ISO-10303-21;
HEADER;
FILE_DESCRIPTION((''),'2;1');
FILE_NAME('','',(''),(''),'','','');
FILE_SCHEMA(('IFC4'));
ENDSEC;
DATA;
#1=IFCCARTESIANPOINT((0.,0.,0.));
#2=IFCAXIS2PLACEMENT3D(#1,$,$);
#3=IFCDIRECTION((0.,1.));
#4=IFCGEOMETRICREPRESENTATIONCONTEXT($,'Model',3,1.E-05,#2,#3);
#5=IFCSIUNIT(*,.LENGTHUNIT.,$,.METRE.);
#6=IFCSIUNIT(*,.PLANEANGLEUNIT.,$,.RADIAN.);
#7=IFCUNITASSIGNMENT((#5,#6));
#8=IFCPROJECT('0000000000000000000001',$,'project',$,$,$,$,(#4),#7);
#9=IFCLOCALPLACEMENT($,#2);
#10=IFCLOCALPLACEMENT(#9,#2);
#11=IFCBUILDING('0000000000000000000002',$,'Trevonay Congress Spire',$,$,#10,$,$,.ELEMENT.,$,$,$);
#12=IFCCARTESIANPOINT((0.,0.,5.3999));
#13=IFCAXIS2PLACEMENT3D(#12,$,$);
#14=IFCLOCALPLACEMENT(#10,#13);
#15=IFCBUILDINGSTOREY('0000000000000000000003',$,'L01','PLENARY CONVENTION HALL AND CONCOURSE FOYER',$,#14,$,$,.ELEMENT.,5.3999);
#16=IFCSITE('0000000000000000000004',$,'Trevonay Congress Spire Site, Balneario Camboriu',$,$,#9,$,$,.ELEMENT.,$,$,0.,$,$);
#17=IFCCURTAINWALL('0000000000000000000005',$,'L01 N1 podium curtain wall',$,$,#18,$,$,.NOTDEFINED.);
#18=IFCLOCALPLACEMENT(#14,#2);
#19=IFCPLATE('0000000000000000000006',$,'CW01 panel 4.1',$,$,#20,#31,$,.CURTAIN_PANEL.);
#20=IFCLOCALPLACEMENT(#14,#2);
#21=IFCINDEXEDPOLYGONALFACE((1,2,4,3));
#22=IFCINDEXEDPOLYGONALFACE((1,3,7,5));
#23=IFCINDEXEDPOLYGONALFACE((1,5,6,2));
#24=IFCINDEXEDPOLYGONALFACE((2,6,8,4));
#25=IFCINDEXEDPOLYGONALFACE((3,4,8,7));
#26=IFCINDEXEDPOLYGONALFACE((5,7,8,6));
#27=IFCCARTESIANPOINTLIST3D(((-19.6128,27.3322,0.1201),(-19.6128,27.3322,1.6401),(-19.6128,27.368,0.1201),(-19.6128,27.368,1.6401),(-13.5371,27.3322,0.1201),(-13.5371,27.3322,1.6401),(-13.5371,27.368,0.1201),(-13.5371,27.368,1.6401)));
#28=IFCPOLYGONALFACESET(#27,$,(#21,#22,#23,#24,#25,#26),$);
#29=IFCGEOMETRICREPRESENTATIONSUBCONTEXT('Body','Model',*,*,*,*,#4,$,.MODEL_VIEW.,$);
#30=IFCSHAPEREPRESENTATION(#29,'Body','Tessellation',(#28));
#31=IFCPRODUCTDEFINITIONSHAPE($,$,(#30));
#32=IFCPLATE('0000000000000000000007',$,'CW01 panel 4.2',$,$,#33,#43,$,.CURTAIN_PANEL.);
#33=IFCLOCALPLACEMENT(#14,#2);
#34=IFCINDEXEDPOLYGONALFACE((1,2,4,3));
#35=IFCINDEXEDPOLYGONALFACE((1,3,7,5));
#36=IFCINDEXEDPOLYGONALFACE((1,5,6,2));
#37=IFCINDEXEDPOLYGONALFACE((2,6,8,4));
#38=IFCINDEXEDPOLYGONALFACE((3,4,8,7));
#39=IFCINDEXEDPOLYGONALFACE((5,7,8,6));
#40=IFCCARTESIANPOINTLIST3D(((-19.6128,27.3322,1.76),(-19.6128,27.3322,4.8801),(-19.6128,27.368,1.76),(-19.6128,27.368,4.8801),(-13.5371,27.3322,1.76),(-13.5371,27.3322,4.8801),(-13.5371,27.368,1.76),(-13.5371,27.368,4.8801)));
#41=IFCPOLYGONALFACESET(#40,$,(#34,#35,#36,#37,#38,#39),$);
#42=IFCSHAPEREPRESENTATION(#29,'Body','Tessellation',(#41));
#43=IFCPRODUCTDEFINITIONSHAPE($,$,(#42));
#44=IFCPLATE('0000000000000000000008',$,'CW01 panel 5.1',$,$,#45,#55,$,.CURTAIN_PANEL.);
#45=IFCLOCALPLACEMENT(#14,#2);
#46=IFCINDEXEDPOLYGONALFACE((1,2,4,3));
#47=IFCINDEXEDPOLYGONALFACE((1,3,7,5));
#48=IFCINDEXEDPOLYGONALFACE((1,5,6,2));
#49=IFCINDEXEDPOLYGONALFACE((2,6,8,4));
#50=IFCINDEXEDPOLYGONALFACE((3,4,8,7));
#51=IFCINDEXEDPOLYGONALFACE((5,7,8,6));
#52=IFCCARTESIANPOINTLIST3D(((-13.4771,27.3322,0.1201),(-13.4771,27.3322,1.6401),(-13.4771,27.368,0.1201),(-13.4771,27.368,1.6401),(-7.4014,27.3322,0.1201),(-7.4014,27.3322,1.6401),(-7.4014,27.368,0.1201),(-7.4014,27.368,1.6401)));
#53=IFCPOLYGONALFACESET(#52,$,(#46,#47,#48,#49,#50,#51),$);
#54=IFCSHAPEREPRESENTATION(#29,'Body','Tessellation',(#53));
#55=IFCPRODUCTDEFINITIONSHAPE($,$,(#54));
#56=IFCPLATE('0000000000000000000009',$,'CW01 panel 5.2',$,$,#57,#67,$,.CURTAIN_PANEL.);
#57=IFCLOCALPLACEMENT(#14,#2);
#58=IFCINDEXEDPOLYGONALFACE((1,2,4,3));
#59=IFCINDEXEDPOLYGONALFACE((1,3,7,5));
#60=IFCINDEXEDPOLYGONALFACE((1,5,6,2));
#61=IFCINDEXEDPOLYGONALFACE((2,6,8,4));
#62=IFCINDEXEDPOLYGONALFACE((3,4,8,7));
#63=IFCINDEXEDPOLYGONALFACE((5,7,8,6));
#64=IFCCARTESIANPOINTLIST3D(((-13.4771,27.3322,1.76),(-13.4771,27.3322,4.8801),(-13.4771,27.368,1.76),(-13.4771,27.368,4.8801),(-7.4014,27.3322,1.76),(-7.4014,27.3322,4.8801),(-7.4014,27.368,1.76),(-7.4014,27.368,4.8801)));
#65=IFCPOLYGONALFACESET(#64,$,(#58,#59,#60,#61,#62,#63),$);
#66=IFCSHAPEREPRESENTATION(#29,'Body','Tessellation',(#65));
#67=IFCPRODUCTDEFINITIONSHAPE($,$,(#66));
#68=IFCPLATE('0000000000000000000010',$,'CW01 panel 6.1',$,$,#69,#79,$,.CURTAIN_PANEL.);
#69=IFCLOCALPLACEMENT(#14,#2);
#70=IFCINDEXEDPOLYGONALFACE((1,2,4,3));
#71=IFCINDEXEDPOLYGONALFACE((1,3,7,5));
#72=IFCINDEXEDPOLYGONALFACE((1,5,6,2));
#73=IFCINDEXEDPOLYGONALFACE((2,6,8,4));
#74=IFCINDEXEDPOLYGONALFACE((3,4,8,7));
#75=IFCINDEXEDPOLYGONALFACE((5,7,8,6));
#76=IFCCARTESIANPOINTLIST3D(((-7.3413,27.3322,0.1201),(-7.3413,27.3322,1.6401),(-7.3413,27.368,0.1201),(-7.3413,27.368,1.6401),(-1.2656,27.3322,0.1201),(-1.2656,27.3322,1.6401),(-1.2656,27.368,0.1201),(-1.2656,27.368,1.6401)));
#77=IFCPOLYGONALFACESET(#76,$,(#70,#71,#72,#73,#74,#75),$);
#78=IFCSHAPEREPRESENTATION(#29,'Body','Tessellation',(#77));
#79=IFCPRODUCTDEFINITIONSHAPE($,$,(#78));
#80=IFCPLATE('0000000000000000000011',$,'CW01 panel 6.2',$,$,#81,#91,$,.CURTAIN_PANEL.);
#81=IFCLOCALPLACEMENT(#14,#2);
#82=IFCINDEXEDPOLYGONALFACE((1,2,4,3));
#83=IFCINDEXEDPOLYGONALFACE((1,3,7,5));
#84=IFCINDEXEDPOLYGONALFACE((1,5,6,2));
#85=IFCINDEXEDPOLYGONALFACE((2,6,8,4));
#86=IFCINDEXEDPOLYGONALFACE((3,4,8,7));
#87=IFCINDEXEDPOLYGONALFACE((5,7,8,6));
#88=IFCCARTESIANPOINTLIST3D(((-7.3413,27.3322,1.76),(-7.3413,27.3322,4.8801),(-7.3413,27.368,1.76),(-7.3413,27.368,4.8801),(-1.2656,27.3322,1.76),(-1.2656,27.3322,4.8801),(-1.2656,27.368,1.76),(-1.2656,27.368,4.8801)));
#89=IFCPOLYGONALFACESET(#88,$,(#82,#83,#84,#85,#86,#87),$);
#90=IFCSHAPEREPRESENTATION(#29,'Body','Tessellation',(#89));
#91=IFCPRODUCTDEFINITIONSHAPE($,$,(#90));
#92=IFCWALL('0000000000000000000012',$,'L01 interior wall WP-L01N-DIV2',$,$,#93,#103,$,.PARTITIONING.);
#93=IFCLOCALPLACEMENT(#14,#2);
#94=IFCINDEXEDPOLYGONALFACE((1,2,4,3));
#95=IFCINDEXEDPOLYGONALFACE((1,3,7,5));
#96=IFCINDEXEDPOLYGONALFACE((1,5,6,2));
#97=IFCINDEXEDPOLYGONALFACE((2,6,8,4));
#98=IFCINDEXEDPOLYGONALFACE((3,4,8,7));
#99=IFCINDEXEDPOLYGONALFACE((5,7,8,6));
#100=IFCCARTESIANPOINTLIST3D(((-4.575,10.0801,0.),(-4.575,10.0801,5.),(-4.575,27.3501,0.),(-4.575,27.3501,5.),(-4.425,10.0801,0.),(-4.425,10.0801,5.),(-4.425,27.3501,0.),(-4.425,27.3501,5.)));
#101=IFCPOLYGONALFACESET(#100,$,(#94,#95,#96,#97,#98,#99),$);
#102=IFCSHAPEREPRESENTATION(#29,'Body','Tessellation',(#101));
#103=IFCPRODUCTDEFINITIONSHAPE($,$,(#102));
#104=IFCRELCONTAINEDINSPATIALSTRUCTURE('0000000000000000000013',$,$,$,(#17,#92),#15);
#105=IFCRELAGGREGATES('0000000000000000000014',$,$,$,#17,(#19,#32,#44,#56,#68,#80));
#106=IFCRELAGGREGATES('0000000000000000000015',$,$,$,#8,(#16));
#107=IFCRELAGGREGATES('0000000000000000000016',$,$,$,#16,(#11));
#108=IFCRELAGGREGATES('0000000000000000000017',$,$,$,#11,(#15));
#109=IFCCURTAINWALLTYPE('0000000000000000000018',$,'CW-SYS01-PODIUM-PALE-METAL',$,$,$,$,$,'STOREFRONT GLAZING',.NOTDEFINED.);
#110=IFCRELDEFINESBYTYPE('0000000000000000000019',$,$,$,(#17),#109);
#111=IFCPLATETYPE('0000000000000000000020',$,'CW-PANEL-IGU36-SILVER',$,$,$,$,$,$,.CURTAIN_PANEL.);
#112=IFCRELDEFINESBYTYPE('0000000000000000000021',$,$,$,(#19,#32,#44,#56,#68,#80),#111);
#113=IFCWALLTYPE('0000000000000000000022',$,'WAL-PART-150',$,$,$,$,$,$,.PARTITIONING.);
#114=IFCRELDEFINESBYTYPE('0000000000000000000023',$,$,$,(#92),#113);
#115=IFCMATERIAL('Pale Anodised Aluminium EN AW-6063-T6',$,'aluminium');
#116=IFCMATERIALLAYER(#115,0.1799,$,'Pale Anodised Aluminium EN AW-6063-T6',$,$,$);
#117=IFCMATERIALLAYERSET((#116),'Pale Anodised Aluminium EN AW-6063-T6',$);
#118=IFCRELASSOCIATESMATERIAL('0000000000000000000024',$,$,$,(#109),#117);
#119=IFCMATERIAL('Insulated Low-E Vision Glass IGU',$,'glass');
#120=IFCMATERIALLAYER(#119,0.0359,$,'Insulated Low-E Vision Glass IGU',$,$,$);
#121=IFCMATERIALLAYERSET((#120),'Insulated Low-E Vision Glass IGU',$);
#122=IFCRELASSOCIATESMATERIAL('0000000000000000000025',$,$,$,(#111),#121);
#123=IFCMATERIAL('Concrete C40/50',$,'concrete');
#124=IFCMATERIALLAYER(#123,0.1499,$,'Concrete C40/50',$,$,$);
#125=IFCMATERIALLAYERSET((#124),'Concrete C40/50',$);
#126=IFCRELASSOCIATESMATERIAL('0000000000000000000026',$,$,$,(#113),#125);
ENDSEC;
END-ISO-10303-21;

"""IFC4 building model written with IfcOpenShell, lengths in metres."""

from ifc_helpers import new_model, si_unit, direction, frame, frame_2d, origin, origin_2d, place, context, subcontext, project, spatial, rectangle, extrude, material, layer, layer_set, type_object, element, aggregate, save


model = new_model("IFC4")

# Units and contexts
model_context = context("Model", 3, precision=1e-05, world=origin(), true_north=direction((0.0, 1.0)))
body_context = subcontext(model_context, "Body", "Model", "MODEL_VIEW")
ifc_project = project(units=[si_unit("LENGTHUNIT", "METRE"), si_unit("PLANEANGLEUNIT", "RADIAN")], contexts=[model_context])

# Site, building, storey
site_placement = place(None, origin())
site = spatial("IfcSite", under=ifc_project, at=site_placement, Name="Trevonay Congress Spire Site, Balneario Camboriu", CompositionType="ELEMENT", RefElevation=0.0)
building_placement = place(site_placement, origin())
building = spatial("IfcBuilding", under=site, at=building_placement, Name="Trevonay Congress Spire", CompositionType="ELEMENT")
storey_placement = place(building_placement, frame((0.0, 0.0, 5.3999)))
storey = spatial("IfcBuildingStorey", under=building, at=storey_placement, Name="L01", Description="PLENARY CONVENTION HALL AND CONCOURSE FOYER", CompositionType="ELEMENT", Elevation=5.3999)

# Curtain wall
ifc_material_1 = material(Name="Pale Anodised Aluminium EN AW-6063-T6", Category="aluminium")
ifc_layer_1 = layer(ifc_material_1, 0.1799, Name="Pale Anodised Aluminium EN AW-6063-T6")
ifc_layer_set_1 = layer_set([ifc_layer_1], Name="Pale Anodised Aluminium EN AW-6063-T6")
curtain_wall_type = type_object("IfcCurtainWallType", Name="CW-SYS01-PODIUM-PALE-METAL", ElementType="STOREFRONT GLAZING", PredefinedType="NOTDEFINED", material=ifc_layer_set_1)
curtain_wall_placement = place(storey_placement, origin())
curtain_wall = element("IfcCurtainWall", 1, at=curtain_wall_placement, inside=storey, type_object=curtain_wall_type, Name="L01 N1 podium curtain wall", PredefinedType="NOTDEFINED")

# Plates
ifc_material_2 = material(Name="Insulated Low-E Vision Glass IGU", Category="glass")
ifc_layer_2 = layer(ifc_material_2, 0.0359, Name="Insulated Low-E Vision Glass IGU")
ifc_layer_set_2 = layer_set([ifc_layer_2], Name="Insulated Low-E Vision Glass IGU")
plate_type = type_object("IfcPlateType", Name="CW-PANEL-IGU36-SILVER", PredefinedType="CURTAIN_PANEL", material=ifc_layer_set_2)
plate_1_placement = place(storey_placement, frame((-16.575, 27.3501, 0.1201), z_axis=(0.0, 0.0, 1.0), x_axis=(1.0, 0.0, 0.0)))
plate_1 = element("IfcPlate", 2, at=plate_1_placement, type_object=plate_type, Name="CW01 panel 4.1", PredefinedType="CURTAIN_PANEL", context=body_context, shape_type="SweptSolid", body=[
    extrude(rectangle(XDim=6.0757, YDim=0.0359, at=origin_2d()), origin(), (0.0, 0.0, 1.0), 1.52),
])
plate_2_placement = place(storey_placement, frame((-16.575, 27.3501, 1.76), z_axis=(0.0, 0.0, 1.0), x_axis=(1.0, 0.0, 0.0)))
plate_2 = element("IfcPlate", 3, at=plate_2_placement, type_object=plate_type, Name="CW01 panel 4.2", PredefinedType="CURTAIN_PANEL", context=body_context, shape_type="SweptSolid", body=[
    extrude(rectangle(XDim=6.0757, YDim=0.0359, at=origin_2d()), origin(), (0.0, 0.0, 1.0), 3.1201),
])
plate_3_placement = place(storey_placement, frame((-10.4392, 27.3501, 0.1201), z_axis=(0.0, 0.0, 1.0), x_axis=(1.0, 0.0, 0.0)))
plate_3 = element("IfcPlate", 4, at=plate_3_placement, type_object=plate_type, Name="CW01 panel 5.1", PredefinedType="CURTAIN_PANEL", context=body_context, shape_type="SweptSolid", body=[
    extrude(rectangle(XDim=6.0757, YDim=0.0359, at=origin_2d()), origin(), (0.0, 0.0, 1.0), 1.52),
])
plate_4_placement = place(storey_placement, frame((-10.4392, 27.3501, 1.76), z_axis=(0.0, 0.0, 1.0), x_axis=(1.0, 0.0, 0.0)))
plate_4 = element("IfcPlate", 5, at=plate_4_placement, type_object=plate_type, Name="CW01 panel 5.2", PredefinedType="CURTAIN_PANEL", context=body_context, shape_type="SweptSolid", body=[
    extrude(rectangle(XDim=6.0757, YDim=0.0359, at=origin_2d()), origin(), (0.0, 0.0, 1.0), 3.1201),
])
plate_5_placement = place(storey_placement, frame((-4.3035, 27.3501, 0.1201), z_axis=(0.0, 0.0, 1.0), x_axis=(1.0, 0.0, 0.0)))
plate_5 = element("IfcPlate", 6, at=plate_5_placement, type_object=plate_type, Name="CW01 panel 6.1", PredefinedType="CURTAIN_PANEL", context=body_context, shape_type="SweptSolid", body=[
    extrude(rectangle(XDim=6.0757, YDim=0.0359, at=origin_2d()), origin(), (0.0, 0.0, 1.0), 1.52),
])
plate_6_placement = place(storey_placement, frame((-4.3035, 27.3501, 1.76), z_axis=(0.0, 0.0, 1.0), x_axis=(1.0, 0.0, 0.0)))
plate_6 = element("IfcPlate", 7, at=plate_6_placement, type_object=plate_type, Name="CW01 panel 6.2", PredefinedType="CURTAIN_PANEL", context=body_context, shape_type="SweptSolid", body=[
    extrude(rectangle(XDim=6.0757, YDim=0.0359, at=origin_2d()), origin(), (0.0, 0.0, 1.0), 3.1201),
])
aggregate(curtain_wall, [plate_1, plate_2, plate_3, plate_4, plate_5, plate_6])

# Wall
ifc_material_3 = material(Name="Concrete C40/50", Category="concrete")
ifc_layer_3 = layer(ifc_material_3, 0.1499, Name="Concrete C40/50")
ifc_layer_set_3 = layer_set([ifc_layer_3], Name="Concrete C40/50")
wall_type = type_object("IfcWallType", Name="WAL-PART-150", PredefinedType="PARTITIONING", material=ifc_layer_set_3)
wall_placement = place(storey_placement, frame((-4.5, 10.0801, 0.0), z_axis=(0.0, 0.0, 1.0), x_axis=(0.0, 1.0, 0.0)))
element("IfcWall", 8, at=wall_placement, inside=storey, type_object=wall_type, Name="L01 interior wall WP-L01N-DIV2", PredefinedType="PARTITIONING", context=body_context, shape_type="SweptSolid", body=[
    extrude(rectangle(XDim=17.27, YDim=0.1499, at=frame_2d((8.635, 0.0))), origin(), (0.0, 0.0, 1.0), 5.0),
])

save(model, "model.ifc")
